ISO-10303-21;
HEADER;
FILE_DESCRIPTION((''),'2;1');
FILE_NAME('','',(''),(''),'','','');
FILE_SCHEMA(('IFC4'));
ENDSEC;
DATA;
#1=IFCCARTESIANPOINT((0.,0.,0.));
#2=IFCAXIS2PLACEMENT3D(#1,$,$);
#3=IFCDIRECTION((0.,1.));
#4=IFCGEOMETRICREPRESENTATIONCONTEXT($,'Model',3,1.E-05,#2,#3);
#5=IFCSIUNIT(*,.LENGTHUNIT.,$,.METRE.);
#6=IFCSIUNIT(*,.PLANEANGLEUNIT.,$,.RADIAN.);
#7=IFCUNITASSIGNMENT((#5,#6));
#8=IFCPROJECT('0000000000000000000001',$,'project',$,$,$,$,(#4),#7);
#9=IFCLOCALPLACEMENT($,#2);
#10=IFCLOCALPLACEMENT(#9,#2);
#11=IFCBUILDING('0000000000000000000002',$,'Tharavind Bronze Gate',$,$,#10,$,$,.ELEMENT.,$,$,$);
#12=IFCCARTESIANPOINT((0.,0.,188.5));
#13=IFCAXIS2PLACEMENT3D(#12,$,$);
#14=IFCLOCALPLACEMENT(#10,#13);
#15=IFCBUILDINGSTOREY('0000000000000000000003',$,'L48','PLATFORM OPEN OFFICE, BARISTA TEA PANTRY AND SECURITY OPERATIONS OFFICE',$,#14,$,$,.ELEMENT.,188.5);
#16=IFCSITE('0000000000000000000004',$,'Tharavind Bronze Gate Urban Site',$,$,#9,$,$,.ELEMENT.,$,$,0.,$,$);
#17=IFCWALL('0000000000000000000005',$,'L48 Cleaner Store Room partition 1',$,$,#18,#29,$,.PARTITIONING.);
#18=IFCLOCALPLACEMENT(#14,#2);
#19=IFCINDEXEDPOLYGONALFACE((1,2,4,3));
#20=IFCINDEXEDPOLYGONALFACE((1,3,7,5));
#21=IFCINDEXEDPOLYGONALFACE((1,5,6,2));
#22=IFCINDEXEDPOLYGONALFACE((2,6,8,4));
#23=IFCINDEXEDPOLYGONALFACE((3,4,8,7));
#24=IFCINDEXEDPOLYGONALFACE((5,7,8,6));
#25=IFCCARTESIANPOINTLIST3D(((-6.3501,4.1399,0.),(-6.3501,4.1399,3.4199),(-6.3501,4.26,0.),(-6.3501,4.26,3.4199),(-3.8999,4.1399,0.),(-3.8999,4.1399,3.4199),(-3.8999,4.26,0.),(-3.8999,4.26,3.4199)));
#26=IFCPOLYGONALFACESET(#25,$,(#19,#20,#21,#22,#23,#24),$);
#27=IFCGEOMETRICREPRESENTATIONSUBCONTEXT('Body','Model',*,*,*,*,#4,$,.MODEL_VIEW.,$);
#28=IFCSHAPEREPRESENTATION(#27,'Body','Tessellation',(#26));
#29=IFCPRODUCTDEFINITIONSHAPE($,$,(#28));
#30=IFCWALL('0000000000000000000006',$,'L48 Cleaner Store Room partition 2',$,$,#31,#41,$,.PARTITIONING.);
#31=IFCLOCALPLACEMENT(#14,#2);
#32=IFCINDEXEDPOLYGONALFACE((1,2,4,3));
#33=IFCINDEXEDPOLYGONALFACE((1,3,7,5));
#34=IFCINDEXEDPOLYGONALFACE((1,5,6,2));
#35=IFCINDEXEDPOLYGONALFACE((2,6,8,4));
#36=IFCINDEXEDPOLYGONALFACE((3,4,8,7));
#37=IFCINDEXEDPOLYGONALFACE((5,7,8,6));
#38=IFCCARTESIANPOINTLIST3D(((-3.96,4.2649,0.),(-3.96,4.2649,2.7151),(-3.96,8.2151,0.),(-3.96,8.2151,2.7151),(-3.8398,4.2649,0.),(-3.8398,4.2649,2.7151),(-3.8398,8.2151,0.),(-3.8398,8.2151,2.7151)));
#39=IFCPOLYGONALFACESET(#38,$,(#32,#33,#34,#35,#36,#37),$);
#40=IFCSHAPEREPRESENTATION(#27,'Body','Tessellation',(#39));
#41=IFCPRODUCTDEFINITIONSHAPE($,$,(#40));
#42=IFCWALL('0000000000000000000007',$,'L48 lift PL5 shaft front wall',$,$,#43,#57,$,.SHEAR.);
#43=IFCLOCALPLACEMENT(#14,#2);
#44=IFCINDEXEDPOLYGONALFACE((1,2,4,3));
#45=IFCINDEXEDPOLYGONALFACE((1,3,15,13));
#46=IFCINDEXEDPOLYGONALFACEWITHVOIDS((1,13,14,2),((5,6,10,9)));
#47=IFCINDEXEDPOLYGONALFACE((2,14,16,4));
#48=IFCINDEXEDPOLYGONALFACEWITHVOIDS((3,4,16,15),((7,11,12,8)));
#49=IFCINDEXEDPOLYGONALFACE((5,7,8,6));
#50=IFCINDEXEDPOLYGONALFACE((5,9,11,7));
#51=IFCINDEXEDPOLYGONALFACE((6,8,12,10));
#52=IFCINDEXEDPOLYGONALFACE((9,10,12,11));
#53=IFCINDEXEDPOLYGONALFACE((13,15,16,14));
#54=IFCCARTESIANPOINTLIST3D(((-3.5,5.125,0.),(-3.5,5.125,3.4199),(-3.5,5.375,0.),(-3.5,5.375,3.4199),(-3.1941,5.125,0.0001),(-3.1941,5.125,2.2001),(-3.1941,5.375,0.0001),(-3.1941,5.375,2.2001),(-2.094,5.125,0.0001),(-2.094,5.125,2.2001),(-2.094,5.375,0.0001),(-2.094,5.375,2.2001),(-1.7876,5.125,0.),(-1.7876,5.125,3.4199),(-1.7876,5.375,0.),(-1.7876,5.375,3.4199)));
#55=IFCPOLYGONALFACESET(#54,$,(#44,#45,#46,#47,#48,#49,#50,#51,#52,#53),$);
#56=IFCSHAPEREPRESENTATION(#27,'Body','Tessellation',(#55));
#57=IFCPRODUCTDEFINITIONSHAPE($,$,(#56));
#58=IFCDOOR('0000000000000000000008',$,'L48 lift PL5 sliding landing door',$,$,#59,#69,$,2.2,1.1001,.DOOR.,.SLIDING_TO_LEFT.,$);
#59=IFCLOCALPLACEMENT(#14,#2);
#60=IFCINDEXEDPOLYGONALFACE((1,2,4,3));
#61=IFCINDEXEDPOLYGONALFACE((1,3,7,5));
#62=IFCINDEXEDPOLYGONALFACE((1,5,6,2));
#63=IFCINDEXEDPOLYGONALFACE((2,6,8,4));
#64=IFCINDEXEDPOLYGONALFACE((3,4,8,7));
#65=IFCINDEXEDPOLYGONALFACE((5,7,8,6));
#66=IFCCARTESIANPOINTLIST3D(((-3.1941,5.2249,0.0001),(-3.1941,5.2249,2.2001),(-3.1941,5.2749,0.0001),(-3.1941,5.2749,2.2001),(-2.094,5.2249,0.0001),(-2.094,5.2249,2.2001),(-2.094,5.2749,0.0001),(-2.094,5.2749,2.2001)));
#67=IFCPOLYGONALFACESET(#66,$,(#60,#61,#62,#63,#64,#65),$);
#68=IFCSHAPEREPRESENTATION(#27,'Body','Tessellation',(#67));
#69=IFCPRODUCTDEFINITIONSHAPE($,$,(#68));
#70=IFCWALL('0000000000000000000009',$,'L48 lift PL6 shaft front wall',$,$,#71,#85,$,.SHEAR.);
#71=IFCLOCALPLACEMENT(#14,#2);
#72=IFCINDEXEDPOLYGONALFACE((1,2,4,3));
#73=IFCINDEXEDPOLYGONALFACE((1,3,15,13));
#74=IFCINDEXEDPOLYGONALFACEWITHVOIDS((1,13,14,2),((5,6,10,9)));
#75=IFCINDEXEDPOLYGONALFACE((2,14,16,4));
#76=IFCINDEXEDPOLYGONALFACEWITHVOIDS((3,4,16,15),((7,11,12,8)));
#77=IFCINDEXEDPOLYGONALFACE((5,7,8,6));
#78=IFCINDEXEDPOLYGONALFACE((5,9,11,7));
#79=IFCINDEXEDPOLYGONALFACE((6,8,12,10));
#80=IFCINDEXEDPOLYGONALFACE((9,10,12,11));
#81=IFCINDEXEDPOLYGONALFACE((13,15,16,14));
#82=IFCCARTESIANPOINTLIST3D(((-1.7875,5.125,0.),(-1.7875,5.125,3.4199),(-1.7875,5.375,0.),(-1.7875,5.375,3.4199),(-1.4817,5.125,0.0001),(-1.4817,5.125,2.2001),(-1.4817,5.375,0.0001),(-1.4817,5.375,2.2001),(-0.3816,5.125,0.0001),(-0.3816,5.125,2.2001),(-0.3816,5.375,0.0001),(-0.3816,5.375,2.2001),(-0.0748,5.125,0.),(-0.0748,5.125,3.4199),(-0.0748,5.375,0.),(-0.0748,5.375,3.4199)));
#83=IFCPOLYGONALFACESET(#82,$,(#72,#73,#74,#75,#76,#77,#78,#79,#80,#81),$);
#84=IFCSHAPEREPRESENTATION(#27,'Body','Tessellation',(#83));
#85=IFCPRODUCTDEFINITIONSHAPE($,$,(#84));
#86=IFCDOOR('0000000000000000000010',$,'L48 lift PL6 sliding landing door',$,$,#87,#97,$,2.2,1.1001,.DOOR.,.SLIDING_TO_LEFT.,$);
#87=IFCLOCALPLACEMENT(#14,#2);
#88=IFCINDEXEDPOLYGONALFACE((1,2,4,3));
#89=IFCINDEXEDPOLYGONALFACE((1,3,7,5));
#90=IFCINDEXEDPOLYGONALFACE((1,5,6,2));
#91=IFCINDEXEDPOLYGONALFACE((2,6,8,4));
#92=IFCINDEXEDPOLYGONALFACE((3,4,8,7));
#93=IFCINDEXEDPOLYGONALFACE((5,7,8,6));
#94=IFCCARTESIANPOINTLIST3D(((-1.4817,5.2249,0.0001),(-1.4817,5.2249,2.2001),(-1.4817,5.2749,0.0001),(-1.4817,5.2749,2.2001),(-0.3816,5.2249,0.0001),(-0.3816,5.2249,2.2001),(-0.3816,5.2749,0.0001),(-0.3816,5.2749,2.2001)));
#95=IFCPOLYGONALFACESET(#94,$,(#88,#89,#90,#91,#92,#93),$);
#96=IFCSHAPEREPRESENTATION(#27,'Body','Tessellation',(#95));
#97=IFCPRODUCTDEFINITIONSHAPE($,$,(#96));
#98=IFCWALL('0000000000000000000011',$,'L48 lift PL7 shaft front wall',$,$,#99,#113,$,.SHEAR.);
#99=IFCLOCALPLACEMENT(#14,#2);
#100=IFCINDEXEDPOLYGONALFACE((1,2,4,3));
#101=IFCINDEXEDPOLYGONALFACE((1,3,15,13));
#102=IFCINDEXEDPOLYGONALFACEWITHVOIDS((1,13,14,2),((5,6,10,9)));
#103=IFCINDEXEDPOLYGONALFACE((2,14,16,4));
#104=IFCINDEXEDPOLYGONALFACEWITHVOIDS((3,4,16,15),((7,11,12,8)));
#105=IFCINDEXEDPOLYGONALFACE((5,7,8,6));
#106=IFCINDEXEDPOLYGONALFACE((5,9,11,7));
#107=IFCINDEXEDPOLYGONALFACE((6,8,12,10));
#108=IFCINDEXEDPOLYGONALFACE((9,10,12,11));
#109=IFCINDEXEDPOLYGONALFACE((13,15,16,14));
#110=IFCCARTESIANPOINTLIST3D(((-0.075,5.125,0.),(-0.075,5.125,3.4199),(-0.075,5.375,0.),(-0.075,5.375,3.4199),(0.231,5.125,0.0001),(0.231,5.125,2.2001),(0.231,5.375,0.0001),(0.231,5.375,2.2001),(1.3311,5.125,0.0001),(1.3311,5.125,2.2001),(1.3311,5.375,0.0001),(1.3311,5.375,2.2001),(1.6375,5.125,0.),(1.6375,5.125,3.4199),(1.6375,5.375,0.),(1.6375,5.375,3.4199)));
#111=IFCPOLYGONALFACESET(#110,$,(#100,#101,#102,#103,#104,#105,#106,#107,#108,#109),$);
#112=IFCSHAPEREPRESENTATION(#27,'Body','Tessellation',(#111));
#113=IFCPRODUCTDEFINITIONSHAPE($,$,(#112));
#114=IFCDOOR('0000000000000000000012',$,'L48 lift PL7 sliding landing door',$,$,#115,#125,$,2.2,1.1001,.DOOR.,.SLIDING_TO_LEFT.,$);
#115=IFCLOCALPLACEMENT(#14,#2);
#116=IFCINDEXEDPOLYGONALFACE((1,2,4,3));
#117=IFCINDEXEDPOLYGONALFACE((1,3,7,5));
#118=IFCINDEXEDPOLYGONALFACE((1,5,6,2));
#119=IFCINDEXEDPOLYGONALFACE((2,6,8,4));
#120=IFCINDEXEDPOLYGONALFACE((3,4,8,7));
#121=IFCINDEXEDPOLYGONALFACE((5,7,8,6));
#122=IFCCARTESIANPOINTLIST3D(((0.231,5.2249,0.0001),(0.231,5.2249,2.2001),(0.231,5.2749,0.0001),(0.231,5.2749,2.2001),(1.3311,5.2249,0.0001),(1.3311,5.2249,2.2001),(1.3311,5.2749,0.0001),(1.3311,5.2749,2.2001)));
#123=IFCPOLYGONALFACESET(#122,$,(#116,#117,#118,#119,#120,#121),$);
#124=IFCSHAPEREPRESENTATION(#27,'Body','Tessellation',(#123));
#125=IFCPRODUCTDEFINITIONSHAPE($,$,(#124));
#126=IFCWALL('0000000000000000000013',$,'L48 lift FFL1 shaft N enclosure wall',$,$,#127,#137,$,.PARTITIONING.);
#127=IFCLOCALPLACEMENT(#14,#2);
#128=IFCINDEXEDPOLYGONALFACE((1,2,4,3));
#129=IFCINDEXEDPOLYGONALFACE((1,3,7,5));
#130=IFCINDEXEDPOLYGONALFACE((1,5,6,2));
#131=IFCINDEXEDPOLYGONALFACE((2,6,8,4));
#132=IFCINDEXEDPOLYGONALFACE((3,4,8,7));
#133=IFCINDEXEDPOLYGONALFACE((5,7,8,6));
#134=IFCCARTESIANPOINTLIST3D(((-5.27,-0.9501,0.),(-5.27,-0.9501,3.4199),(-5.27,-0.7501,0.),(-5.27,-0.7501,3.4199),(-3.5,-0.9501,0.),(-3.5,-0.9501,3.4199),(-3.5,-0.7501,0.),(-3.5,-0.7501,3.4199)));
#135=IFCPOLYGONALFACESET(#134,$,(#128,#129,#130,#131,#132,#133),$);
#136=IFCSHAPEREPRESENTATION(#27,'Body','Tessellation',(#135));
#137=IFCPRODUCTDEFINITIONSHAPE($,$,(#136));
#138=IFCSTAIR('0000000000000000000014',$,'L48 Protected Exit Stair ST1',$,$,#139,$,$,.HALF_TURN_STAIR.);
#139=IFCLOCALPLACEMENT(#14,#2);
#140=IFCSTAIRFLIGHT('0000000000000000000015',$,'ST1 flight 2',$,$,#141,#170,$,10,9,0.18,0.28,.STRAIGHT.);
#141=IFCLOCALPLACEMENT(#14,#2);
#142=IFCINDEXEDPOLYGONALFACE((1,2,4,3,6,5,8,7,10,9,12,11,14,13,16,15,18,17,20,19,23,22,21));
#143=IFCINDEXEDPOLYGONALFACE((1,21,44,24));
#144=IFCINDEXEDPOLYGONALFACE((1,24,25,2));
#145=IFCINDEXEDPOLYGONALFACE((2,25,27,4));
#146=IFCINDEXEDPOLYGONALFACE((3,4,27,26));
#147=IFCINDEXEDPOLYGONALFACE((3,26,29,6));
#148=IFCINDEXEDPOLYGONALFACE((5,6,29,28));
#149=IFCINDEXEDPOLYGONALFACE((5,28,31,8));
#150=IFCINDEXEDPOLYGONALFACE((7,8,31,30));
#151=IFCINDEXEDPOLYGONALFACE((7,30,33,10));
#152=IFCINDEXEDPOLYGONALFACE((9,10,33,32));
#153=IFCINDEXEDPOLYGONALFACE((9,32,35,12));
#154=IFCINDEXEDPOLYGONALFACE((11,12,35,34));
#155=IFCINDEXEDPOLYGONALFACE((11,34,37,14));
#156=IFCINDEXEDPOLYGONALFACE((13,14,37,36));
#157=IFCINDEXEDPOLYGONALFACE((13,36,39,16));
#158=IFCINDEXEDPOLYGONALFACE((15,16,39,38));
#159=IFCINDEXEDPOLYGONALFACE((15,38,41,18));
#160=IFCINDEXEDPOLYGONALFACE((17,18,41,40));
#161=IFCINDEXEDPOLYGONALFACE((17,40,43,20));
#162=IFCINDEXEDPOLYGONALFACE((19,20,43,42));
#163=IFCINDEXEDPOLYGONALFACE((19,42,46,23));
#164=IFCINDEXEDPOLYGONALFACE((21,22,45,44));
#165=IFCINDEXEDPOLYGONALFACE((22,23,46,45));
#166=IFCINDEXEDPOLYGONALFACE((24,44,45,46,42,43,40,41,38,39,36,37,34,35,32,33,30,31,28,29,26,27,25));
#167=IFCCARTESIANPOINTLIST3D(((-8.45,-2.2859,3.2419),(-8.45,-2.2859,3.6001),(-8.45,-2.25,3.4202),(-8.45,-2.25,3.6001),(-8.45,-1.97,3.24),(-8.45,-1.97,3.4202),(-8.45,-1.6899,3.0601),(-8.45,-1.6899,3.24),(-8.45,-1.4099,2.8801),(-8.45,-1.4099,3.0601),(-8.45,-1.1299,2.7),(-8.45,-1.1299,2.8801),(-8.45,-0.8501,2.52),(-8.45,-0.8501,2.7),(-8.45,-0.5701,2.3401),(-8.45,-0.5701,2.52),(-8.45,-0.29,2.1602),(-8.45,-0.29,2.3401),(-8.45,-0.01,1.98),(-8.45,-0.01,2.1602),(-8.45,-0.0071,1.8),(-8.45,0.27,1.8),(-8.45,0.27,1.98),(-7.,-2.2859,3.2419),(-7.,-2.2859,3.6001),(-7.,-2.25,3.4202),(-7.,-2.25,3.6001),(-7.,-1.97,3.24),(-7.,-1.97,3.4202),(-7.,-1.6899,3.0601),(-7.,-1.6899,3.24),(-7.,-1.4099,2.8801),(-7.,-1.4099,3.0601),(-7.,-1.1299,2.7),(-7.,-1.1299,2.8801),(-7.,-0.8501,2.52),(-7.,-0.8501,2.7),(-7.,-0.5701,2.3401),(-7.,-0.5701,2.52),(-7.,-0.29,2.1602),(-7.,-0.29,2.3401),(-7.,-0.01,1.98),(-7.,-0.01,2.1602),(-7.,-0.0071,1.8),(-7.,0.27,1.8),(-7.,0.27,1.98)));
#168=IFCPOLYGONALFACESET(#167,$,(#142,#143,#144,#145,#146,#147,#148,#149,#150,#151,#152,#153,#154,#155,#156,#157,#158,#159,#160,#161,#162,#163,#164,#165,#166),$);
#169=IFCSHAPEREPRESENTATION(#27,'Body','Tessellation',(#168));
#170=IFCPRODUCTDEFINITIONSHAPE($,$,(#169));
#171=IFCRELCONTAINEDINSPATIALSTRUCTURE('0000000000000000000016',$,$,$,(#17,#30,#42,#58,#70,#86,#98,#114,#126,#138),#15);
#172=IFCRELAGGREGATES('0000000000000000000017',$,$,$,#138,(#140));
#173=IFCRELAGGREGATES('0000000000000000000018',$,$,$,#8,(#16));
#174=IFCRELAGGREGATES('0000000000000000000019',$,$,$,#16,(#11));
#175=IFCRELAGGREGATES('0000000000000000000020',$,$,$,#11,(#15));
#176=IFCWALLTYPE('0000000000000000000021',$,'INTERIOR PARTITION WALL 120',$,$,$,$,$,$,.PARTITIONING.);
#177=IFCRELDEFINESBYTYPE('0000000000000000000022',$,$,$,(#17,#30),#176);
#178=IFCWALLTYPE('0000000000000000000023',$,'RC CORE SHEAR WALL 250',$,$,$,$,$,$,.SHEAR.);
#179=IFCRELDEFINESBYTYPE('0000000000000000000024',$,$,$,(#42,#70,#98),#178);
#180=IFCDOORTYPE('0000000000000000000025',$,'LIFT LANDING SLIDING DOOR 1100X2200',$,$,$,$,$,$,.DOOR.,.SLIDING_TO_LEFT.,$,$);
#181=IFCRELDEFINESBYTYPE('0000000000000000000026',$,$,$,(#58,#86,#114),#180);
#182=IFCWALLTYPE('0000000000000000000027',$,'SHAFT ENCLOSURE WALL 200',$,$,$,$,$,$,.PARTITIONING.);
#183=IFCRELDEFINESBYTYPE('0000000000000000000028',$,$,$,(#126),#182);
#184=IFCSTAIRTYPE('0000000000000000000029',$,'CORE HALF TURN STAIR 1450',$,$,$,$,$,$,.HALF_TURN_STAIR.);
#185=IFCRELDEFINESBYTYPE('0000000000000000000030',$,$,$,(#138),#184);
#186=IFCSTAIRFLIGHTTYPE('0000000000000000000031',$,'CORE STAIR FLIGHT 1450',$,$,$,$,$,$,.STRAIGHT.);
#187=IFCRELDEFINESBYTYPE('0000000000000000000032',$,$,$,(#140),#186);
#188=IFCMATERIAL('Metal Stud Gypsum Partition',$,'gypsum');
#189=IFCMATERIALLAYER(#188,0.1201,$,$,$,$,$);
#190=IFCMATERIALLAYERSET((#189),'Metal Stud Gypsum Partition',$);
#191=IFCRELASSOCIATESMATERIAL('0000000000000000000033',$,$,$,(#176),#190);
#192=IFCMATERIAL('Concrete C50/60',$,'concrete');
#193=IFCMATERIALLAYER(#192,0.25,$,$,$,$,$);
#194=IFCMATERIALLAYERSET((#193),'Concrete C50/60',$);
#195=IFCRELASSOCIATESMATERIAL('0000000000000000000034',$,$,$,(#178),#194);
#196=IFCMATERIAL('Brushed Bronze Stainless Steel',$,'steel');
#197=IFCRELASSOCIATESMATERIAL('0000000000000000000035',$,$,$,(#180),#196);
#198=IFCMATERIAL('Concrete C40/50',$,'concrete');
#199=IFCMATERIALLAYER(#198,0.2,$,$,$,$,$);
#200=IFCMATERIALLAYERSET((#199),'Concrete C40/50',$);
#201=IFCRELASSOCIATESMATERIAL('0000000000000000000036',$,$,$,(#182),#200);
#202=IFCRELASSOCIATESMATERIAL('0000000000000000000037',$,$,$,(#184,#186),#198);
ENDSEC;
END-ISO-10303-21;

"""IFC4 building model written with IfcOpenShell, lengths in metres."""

from ifc_helpers import new_model, si_unit, direction, frame, frame_2d, origin, place, context, subcontext, project, spatial, polyline, rectangle, outline, extrude, material, layer, layer_set, type_object, element, fill, aggregate, save


model = new_model("IFC4")

# Units and contexts
model_context = context("Model", 3, precision=1e-05, world=origin(), true_north=direction((0.0, 1.0)))
body_context = subcontext(model_context, "Body", "Model", "MODEL_VIEW")
ifc_project = project(units=[si_unit("LENGTHUNIT", "METRE"), si_unit("PLANEANGLEUNIT", "RADIAN")], contexts=[model_context])

# Site, building, storey
site_placement = place(None, origin())
site = spatial("IfcSite", under=ifc_project, at=site_placement, Name="Tharavind Bronze Gate Urban Site", CompositionType="ELEMENT", RefElevation=0.0)
building_placement = place(site_placement, origin())
building = spatial("IfcBuilding", under=site, at=building_placement, Name="Tharavind Bronze Gate", CompositionType="ELEMENT")
storey_placement = place(building_placement, frame((0.0, 0.0, 188.5)))
storey = spatial("IfcBuildingStorey", under=building, at=storey_placement, Name="L48", Description="PLATFORM OPEN OFFICE, BARISTA TEA PANTRY AND SECURITY OPERATIONS OFFICE", CompositionType="ELEMENT", Elevation=188.5)

# Shared definitions
ifc_material_1 = material(Name="Concrete C40/50", Category="concrete")

# Shared definitions
ifc_material_2 = material(Name="Metal Stud Gypsum Partition", Category="gypsum")
ifc_layer_1 = layer(ifc_material_2, 0.1201)
ifc_layer_set_1 = layer_set([ifc_layer_1], Name="Metal Stud Gypsum Partition")
wall_type_1 = type_object("IfcWallType", Name="INTERIOR PARTITION WALL 120", PredefinedType="PARTITIONING", material=ifc_layer_set_1)

# Walls
wall_1_placement = place(storey_placement, frame((-6.3501, 4.2, 0.0), z_axis=(0.0, 0.0, 1.0), x_axis=(1.0, 0.0, 0.0)))
element("IfcWall", 1, at=wall_1_placement, inside=storey, type_object=wall_type_1, Name="L48 Cleaner Store Room partition 1", PredefinedType="PARTITIONING", context=body_context, shape_type="SweptSolid", body=[
    extrude(rectangle(XDim=2.4502, YDim=0.1201, at=frame_2d((1.2251, 0.0))), origin(), (0.0, 0.0, 1.0), 3.4199),
])
wall_2_placement = place(storey_placement, frame((-3.8999, 4.2649, 0.0), z_axis=(0.0, 0.0, 1.0), x_axis=(0.0, 1.0, 0.0)))
element("IfcWall", 2, at=wall_2_placement, inside=storey, type_object=wall_type_1, Name="L48 Cleaner Store Room partition 2", PredefinedType="PARTITIONING", context=body_context, shape_type="SweptSolid", body=[
    extrude(rectangle(XDim=3.9502, YDim=0.1201, at=frame_2d((1.9751, 0.0))), origin(), (0.0, 0.0, 1.0), 2.7151),
])

# Walls, openings, doors
ifc_material_3 = material(Name="Concrete C50/60", Category="concrete")
ifc_layer_2 = layer(ifc_material_3, 0.25)
ifc_layer_set_2 = layer_set([ifc_layer_2], Name="Concrete C50/60")
wall_type_2 = type_object("IfcWallType", Name="RC CORE SHEAR WALL 250", PredefinedType="SHEAR", material=ifc_layer_set_2)
wall_3_placement = place(storey_placement, frame((-3.5, 5.25, 0.0), z_axis=(0.0, 0.0, 1.0), x_axis=(1.0, 0.0, 0.0)))
wall_3 = element("IfcWall", 3, at=wall_3_placement, inside=storey, type_object=wall_type_2, Name="L48 lift PL5 shaft front wall", PredefinedType="SHEAR", context=body_context, shape_type="SweptSolid", body=[
    extrude(rectangle(XDim=1.7124, YDim=0.25, at=frame_2d((0.8562, 0.0))), origin(), (0.0, 0.0, 1.0), 3.4199),
])
opening_1_placement = place(wall_3_placement, frame((0.3059, 0.0, 0.0)))
opening_1 = element("IfcOpeningElement", 4, at=opening_1_placement, cuts=wall_3, PredefinedType="OPENING", context=body_context, shape_type="SweptSolid", body=[
    extrude(rectangle(XDim=1.1001, YDim=2.2, at=frame_2d((0.55, 1.1001))), frame((0.0, 0.135, 0.0), z_axis=(0.0, -1.0, 0.0), x_axis=(1.0, 0.0, 0.0)), (0.0, 0.0, 1.0), 0.27),
])
ifc_material_4 = material(Name="Brushed Bronze Stainless Steel", Category="steel")
door_type_1 = type_object("IfcDoorType", Name="LIFT LANDING SLIDING DOOR 1100X2200", OperationType="SLIDING_TO_LEFT", PredefinedType="DOOR", material=ifc_material_4)
door_1_placement = place(opening_1_placement, origin())
door_1 = element("IfcDoor", 5, at=door_1_placement, inside=storey, type_object=door_type_1, Name="L48 lift PL5 sliding landing door", OperationType="SLIDING_TO_LEFT", OverallHeight=2.2, OverallWidth=1.1001, PredefinedType="DOOR", context=body_context, shape_type="SweptSolid", body=[
    extrude(rectangle(XDim=1.1001, YDim=2.2, at=frame_2d((0.55, 1.1001))), frame((0.0, 0.0249, 0.0), z_axis=(0.0, -1.0, 0.0), x_axis=(1.0, 0.0, 0.0)), (0.0, 0.0, 1.0), 0.05),
])
fill(opening_1, door_1)
wall_4_placement = place(storey_placement, frame((-1.7876, 5.25, 0.0), z_axis=(0.0, 0.0, 1.0), x_axis=(1.0, 0.0, 0.0)))
wall_4 = element("IfcWall", 6, at=wall_4_placement, inside=storey, type_object=wall_type_2, Name="L48 lift PL6 shaft front wall", PredefinedType="SHEAR", context=body_context, shape_type="SweptSolid", body=[
    extrude(rectangle(XDim=1.7126, YDim=0.25, at=frame_2d((0.8564, 0.0))), origin(), (0.0, 0.0, 1.0), 3.4199),
])
opening_2_placement = place(wall_4_placement, frame((0.3059, 0.0, 0.0)))
opening_2 = element("IfcOpeningElement", 7, at=opening_2_placement, cuts=wall_4, PredefinedType="OPENING", context=body_context, shape_type="SweptSolid", body=[
    extrude(rectangle(XDim=1.1001, YDim=2.2, at=frame_2d((0.55, 1.1001))), frame((0.0, 0.135, 0.0), z_axis=(0.0, -1.0, 0.0), x_axis=(1.0, 0.0, 0.0)), (0.0, 0.0, 1.0), 0.27),
])
door_2_placement = place(opening_2_placement, origin())
door_2 = element("IfcDoor", 8, at=door_2_placement, inside=storey, type_object=door_type_1, Name="L48 lift PL6 sliding landing door", OperationType="SLIDING_TO_LEFT", OverallHeight=2.2, OverallWidth=1.1001, PredefinedType="DOOR", context=body_context, shape_type="SweptSolid", body=[
    extrude(rectangle(XDim=1.1001, YDim=2.2, at=frame_2d((0.55, 1.1001))), frame((0.0, 0.0249, 0.0), z_axis=(0.0, -1.0, 0.0), x_axis=(1.0, 0.0, 0.0)), (0.0, 0.0, 1.0), 0.05),
])
fill(opening_2, door_2)
wall_5_placement = place(storey_placement, frame((-0.075, 5.25, 0.0), z_axis=(0.0, 0.0, 1.0), x_axis=(1.0, 0.0, 0.0)))
wall_5 = element("IfcWall", 9, at=wall_5_placement, inside=storey, type_object=wall_type_2, Name="L48 lift PL7 shaft front wall", PredefinedType="SHEAR", context=body_context, shape_type="SweptSolid", body=[
    extrude(rectangle(XDim=1.7124, YDim=0.25, at=frame_2d((0.8562, 0.0))), origin(), (0.0, 0.0, 1.0), 3.4199),
])
opening_3_placement = place(wall_5_placement, frame((0.3059, 0.0, 0.0)))
opening_3 = element("IfcOpeningElement", 10, at=opening_3_placement, cuts=wall_5, PredefinedType="OPENING", context=body_context, shape_type="SweptSolid", body=[
    extrude(rectangle(XDim=1.1001, YDim=2.2, at=frame_2d((0.55, 1.1001))), frame((0.0, 0.135, 0.0), z_axis=(0.0, -1.0, 0.0), x_axis=(1.0, 0.0, 0.0)), (0.0, 0.0, 1.0), 0.27),
])
door_3_placement = place(opening_3_placement, origin())
door_3 = element("IfcDoor", 11, at=door_3_placement, inside=storey, type_object=door_type_1, Name="L48 lift PL7 sliding landing door", OperationType="SLIDING_TO_LEFT", OverallHeight=2.2, OverallWidth=1.1001, PredefinedType="DOOR", context=body_context, shape_type="SweptSolid", body=[
    extrude(rectangle(XDim=1.1001, YDim=2.2, at=frame_2d((0.55, 1.1001))), frame((0.0, 0.0249, 0.0), z_axis=(0.0, -1.0, 0.0), x_axis=(1.0, 0.0, 0.0)), (0.0, 0.0, 1.0), 0.05),
])
fill(opening_3, door_3)

# Wall
ifc_layer_3 = layer(ifc_material_1, 0.2)
ifc_layer_set_3 = layer_set([ifc_layer_3], Name="Concrete C40/50")
wall_type_3 = type_object("IfcWallType", Name="SHAFT ENCLOSURE WALL 200", PredefinedType="PARTITIONING", material=ifc_layer_set_3)
wall_6_placement = place(storey_placement, frame((-5.27, -0.8501, 0.0), z_axis=(0.0, 0.0, 1.0), x_axis=(1.0, 0.0, 0.0)))
element("IfcWall", 12, at=wall_6_placement, inside=storey, type_object=wall_type_3, Name="L48 lift FFL1 shaft N enclosure wall", PredefinedType="PARTITIONING", context=body_context, shape_type="SweptSolid", body=[
    extrude(rectangle(XDim=1.77, YDim=0.2, at=frame_2d((0.885, 0.0))), origin(), (0.0, 0.0, 1.0), 3.4199),
])

# Stair, stair flight
stair_type = type_object("IfcStairType", Name="CORE HALF TURN STAIR 1450", PredefinedType="HALF_TURN_STAIR", material=ifc_material_1)
stair_placement = place(storey_placement, origin())
stair = element("IfcStair", 13, at=stair_placement, inside=storey, type_object=stair_type, Name="L48 Protected Exit Stair ST1", PredefinedType="HALF_TURN_STAIR")
stair_flight_type = type_object("IfcStairFlightType", Name="CORE STAIR FLIGHT 1450", PredefinedType="STRAIGHT", material=ifc_material_1)
stair_flight_placement = place(storey_placement, frame((-7.7251, 0.27, 1.8), z_axis=(0.0, 0.0, 1.0), x_axis=(0.0, -1.0, 0.0)))
stair_flight = element("IfcStairFlight", 14, at=stair_flight_placement, type_object=stair_flight_type, Name="ST1 flight 2", NumberOfRisers=10, NumberOfTreads=9, PredefinedType="STRAIGHT", RiserHeight=0.18, TreadLength=0.28, context=body_context, shape_type="SweptSolid", body=[
    extrude(outline(polyline([(0.0, 0.0), (0.0, 0.1799), (0.28, 0.1799), (0.28, 0.3601), (0.5601, 0.3601), (0.5601, 0.54), (0.8401, 0.54), (0.8401, 0.72), (1.1201, 0.72), (1.1201, 0.8999), (1.3999, 0.8999), (1.3999, 1.0801), (1.6799, 1.0801), (1.6799, 1.26), (1.96, 1.26), (1.96, 1.4399), (2.24, 1.4399), (2.24, 1.6201), (2.52, 1.6201), (2.52, 1.8), (2.5559, 1.8), (2.5559, 1.4419), (0.2771, 0.0), (0.0, 0.0)])), frame((0.0, 0.7251, 0.0), z_axis=(0.0, -1.0, 0.0), x_axis=(1.0, 0.0, 0.0)), (0.0, 0.0, 1.0), 1.45),
])
aggregate(stair, [stair_flight])

save(model, "model.ifc")
